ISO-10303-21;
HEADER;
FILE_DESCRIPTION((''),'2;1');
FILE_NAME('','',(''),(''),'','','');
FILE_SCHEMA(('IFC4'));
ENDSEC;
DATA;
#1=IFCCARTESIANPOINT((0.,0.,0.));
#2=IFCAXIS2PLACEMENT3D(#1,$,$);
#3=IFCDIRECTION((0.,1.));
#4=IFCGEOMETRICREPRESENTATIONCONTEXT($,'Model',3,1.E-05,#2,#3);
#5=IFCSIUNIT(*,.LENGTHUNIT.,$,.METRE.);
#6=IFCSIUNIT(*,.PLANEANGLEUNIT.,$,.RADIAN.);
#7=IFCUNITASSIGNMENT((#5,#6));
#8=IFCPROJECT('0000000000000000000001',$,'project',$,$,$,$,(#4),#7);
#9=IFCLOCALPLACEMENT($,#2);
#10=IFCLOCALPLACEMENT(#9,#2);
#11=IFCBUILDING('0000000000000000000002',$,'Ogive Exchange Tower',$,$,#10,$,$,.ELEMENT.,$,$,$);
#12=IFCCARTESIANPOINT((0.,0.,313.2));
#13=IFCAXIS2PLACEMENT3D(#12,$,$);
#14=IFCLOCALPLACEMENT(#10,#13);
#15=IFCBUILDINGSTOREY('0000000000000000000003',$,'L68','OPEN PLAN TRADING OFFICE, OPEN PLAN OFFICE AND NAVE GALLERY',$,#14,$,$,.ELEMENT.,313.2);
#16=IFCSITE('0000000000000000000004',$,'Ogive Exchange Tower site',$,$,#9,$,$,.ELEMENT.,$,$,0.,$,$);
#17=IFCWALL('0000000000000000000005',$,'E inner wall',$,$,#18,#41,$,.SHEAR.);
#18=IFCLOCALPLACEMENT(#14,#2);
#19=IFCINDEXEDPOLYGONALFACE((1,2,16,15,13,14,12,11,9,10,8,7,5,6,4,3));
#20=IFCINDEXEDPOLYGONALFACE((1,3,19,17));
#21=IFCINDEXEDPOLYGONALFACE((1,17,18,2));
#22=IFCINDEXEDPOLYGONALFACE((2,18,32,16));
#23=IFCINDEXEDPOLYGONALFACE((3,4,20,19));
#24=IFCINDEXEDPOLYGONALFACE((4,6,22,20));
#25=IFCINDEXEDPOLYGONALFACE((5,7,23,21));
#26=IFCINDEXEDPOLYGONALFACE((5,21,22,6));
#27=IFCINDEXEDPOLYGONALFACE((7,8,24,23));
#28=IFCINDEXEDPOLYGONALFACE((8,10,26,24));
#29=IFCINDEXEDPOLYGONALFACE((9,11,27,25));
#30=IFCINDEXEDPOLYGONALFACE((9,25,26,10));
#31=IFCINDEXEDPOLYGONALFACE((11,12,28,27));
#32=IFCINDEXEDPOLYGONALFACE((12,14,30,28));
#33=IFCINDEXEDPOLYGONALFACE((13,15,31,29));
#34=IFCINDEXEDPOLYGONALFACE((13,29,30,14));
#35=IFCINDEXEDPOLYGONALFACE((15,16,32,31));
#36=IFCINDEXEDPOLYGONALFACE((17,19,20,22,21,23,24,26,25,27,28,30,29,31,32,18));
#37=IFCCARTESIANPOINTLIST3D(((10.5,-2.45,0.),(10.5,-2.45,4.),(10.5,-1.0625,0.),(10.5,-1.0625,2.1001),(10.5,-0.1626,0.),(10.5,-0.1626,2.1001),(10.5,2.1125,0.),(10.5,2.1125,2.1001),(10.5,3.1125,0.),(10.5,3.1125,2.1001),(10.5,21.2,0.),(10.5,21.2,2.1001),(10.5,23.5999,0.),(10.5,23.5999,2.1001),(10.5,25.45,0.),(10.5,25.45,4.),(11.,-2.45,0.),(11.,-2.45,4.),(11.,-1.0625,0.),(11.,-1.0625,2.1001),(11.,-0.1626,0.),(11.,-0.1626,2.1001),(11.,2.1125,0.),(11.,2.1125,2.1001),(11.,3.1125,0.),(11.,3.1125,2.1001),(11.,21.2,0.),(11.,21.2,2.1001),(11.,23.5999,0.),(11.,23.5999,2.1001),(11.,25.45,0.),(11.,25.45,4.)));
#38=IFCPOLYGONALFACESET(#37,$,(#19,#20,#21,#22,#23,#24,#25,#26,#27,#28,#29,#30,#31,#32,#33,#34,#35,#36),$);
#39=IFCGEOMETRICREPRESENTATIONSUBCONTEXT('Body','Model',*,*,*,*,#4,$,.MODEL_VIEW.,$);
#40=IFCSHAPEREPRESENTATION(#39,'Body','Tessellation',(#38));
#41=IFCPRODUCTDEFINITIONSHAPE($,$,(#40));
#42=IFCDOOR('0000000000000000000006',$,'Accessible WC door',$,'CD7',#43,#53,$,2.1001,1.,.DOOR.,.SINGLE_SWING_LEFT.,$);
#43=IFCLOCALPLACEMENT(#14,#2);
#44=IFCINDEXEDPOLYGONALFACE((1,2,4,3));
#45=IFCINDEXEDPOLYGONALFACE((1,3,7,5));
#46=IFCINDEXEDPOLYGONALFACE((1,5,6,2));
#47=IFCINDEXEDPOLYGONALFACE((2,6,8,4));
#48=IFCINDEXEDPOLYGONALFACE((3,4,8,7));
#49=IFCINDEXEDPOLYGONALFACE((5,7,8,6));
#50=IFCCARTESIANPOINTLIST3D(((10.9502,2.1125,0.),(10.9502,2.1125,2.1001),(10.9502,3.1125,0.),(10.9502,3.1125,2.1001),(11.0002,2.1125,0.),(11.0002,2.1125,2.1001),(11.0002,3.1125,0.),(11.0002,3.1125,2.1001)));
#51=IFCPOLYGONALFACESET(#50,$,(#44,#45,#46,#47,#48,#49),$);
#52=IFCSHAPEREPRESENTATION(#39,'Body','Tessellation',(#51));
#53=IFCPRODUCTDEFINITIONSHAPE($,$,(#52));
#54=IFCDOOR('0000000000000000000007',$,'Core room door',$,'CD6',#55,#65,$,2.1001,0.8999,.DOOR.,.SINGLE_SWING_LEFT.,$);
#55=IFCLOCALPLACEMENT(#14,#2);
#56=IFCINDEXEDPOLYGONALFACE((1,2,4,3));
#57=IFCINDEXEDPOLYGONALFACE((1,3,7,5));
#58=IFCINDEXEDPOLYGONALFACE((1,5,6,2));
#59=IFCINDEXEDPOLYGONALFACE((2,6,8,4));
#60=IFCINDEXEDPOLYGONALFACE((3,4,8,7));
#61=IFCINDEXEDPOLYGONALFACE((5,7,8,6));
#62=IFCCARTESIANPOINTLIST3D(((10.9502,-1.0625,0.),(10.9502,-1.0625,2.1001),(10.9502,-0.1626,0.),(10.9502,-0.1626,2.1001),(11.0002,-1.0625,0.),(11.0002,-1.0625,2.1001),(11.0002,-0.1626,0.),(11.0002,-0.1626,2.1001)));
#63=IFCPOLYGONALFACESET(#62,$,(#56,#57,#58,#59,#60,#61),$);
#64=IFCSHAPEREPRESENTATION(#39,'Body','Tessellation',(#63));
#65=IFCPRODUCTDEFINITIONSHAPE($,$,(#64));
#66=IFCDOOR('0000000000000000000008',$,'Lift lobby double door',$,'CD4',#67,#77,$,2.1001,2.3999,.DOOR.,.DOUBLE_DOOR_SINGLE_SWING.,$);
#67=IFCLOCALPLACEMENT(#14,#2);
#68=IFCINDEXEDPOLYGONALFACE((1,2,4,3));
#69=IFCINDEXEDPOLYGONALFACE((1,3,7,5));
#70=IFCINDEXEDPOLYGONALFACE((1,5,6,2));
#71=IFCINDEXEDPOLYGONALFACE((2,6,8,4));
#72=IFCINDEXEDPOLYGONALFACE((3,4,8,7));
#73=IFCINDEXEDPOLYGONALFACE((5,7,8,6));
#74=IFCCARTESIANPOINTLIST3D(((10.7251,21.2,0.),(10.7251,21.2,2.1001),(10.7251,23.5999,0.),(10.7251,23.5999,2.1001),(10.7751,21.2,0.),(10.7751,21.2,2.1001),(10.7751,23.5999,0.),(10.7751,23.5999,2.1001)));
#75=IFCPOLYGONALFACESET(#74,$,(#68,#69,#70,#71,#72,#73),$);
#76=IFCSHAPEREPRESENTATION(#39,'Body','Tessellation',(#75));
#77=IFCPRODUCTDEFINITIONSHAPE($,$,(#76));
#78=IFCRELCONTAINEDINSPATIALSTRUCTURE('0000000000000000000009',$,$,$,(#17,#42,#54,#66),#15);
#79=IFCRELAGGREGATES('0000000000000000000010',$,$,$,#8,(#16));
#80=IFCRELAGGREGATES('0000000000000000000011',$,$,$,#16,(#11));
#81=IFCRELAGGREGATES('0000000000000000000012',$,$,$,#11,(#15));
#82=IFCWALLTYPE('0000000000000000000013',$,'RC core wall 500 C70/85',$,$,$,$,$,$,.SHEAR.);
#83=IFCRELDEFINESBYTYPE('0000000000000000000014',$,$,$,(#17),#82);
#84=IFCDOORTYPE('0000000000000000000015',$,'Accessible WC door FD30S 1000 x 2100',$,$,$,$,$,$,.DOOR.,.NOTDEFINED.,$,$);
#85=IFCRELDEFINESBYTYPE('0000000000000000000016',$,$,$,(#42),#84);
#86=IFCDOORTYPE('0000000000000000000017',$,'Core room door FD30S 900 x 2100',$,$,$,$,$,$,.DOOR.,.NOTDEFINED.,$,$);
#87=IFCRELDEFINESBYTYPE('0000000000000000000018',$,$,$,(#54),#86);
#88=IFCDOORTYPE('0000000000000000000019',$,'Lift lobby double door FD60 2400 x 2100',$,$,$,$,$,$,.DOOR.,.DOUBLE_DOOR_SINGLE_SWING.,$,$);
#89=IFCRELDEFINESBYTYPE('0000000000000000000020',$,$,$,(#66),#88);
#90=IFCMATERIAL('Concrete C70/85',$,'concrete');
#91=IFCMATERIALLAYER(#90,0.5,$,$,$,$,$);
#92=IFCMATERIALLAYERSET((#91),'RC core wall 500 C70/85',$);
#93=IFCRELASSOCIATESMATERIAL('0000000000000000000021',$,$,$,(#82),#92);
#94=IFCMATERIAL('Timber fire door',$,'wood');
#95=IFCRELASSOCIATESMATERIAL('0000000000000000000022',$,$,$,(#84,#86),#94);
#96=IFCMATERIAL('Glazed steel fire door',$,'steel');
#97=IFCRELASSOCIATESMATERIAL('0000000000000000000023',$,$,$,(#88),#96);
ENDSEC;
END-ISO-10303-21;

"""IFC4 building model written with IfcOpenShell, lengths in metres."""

from ifc_helpers import new_model, si_unit, direction, frame, frame_2d, origin, place, context, subcontext, project, spatial, rectangle, extrude, material, layer, layer_set, type_object, element, fill, save


model = new_model("IFC4")

# Units and contexts
model_context = context("Model", 3, precision=1e-05, world=origin(), true_north=direction((0.0, 1.0)))
body_context = subcontext(model_context, "Body", "Model", "MODEL_VIEW")
ifc_project = project(units=[si_unit("LENGTHUNIT", "METRE"), si_unit("PLANEANGLEUNIT", "RADIAN")], contexts=[model_context])

# Site, building, storey
site_placement = place(None, origin())
site = spatial("IfcSite", under=ifc_project, at=site_placement, Name="Ogive Exchange Tower site", CompositionType="ELEMENT", RefElevation=0.0)
building_placement = place(site_placement, origin())
building = spatial("IfcBuilding", under=site, at=building_placement, Name="Ogive Exchange Tower", CompositionType="ELEMENT")
storey_placement = place(building_placement, frame((0.0, 0.0, 313.2)))
storey = spatial("IfcBuildingStorey", under=building, at=storey_placement, Name="L68", Description="OPEN PLAN TRADING OFFICE, OPEN PLAN OFFICE AND NAVE GALLERY", CompositionType="ELEMENT", Elevation=313.2)

# Shared definitions
ifc_material_1 = material(Name="Concrete C70/85", Category="concrete")

# Wall, openings, doors
ifc_layer_1 = layer(ifc_material_1, 0.5)
ifc_layer_set_1 = layer_set([ifc_layer_1], Name="RC core wall 500 C70/85")
wall_type_1 = type_object("IfcWallType", Name="RC core wall 500 C70/85", PredefinedType="SHEAR", material=ifc_layer_set_1)
wall_1_placement = place(storey_placement, frame((10.75, -2.45, 0.0), z_axis=(0.0, 0.0, 1.0), x_axis=(0.0, 1.0, 0.0)))
wall_1 = element("IfcWall", 1, at=wall_1_placement, inside=storey, type_object=wall_type_1, Name="E inner wall", PredefinedType="SHEAR", context=body_context, shape_type="SweptSolid", body=[
    extrude(rectangle(XDim=27.8999, YDim=0.5, at=frame_2d((13.95, 0.0))), origin(), (0.0, 0.0, 1.0), 4.0),
])
opening_1_placement = place(wall_1_placement, frame((23.6499, 0.0, 0.0)))
opening_1 = element("IfcOpeningElement", 2, at=opening_1_placement, cuts=wall_1, PredefinedType="OPENING", context=body_context, shape_type="SweptSolid", body=[
    extrude(rectangle(XDim=2.3999, YDim=2.1001, at=frame_2d((1.2, 1.05))), frame((0.0, 0.26, 0.0), z_axis=(0.0, -1.0, 0.0), x_axis=(1.0, 0.0, 0.0)), (0.0, 0.0, 1.0), 0.52),
])
opening_2_placement = place(wall_1_placement, frame((1.3875, 0.0, 0.0)))
opening_2 = element("IfcOpeningElement", 3, at=opening_2_placement, cuts=wall_1, PredefinedType="OPENING", context=body_context, shape_type="SweptSolid", body=[
    extrude(rectangle(XDim=0.8999, YDim=2.1001, at=frame_2d((0.45, 1.05))), frame((0.0, 0.26, 0.0), z_axis=(0.0, -1.0, 0.0), x_axis=(1.0, 0.0, 0.0)), (0.0, 0.0, 1.0), 0.52),
])
opening_3_placement = place(wall_1_placement, frame((4.5625, 0.0, 0.0)))
opening_3 = element("IfcOpeningElement", 4, at=opening_3_placement, cuts=wall_1, PredefinedType="OPENING", context=body_context, shape_type="SweptSolid", body=[
    extrude(rectangle(XDim=1.0, YDim=2.1001, at=frame_2d((0.5, 1.05))), frame((0.0, 0.26, 0.0), z_axis=(0.0, -1.0, 0.0), x_axis=(1.0, 0.0, 0.0)), (0.0, 0.0, 1.0), 0.52),
])
ifc_material_2 = material(Name="Timber fire door", Category="wood")
door_type_1 = type_object("IfcDoorType", Name="Accessible WC door FD30S 1000 x 2100", OperationType="NOTDEFINED", PredefinedType="DOOR", material=ifc_material_2)
door_1_placement = place(opening_3_placement, origin())
door_1 = element("IfcDoor", 5, at=door_1_placement, inside=storey, type_object=door_type_1, Name="Accessible WC door", ObjectType="CD7", OperationType="SINGLE_SWING_LEFT", OverallHeight=2.1001, OverallWidth=1.0, PredefinedType="DOOR", context=body_context, shape_type="SweptSolid", body=[
    extrude(rectangle(XDim=1.0, YDim=2.1001, at=frame_2d((0.5, 1.05))), frame((0.0, -0.2002, 0.0), z_axis=(0.0, -1.0, 0.0), x_axis=(1.0, 0.0, 0.0)), (0.0, 0.0, 1.0), 0.05),
])
fill(opening_3, door_1)
door_type_2 = type_object("IfcDoorType", Name="Core room door FD30S 900 x 2100", OperationType="NOTDEFINED", PredefinedType="DOOR", material=ifc_material_2)
door_2_placement = place(opening_2_placement, origin())
door_2 = element("IfcDoor", 6, at=door_2_placement, inside=storey, type_object=door_type_2, Name="Core room door", ObjectType="CD6", OperationType="SINGLE_SWING_LEFT", OverallHeight=2.1001, OverallWidth=0.8999, PredefinedType="DOOR", context=body_context, shape_type="SweptSolid", body=[
    extrude(rectangle(XDim=0.8999, YDim=2.1001, at=frame_2d((0.45, 1.05))), frame((0.0, -0.2002, 0.0), z_axis=(0.0, -1.0, 0.0), x_axis=(1.0, 0.0, 0.0)), (0.0, 0.0, 1.0), 0.05),
])
fill(opening_2, door_2)
ifc_material_3 = material(Name="Glazed steel fire door", Category="steel")
door_type_3 = type_object("IfcDoorType", Name="Lift lobby double door FD60 2400 x 2100", OperationType="DOUBLE_DOOR_SINGLE_SWING", PredefinedType="DOOR", material=ifc_material_3)
door_3_placement = place(opening_1_placement, origin())
door_3 = element("IfcDoor", 7, at=door_3_placement, inside=storey, type_object=door_type_3, Name="Lift lobby double door", ObjectType="CD4", OperationType="DOUBLE_DOOR_SINGLE_SWING", OverallHeight=2.1001, OverallWidth=2.3999, PredefinedType="DOOR", context=body_context, shape_type="SweptSolid", body=[
    extrude(rectangle(XDim=2.3999, YDim=2.1001, at=frame_2d((1.2, 1.05))), frame((0.0, 0.0249, 0.0), z_axis=(0.0, -1.0, 0.0), x_axis=(1.0, 0.0, 0.0)), (0.0, 0.0, 1.0), 0.05),
])
fill(opening_1, door_3)

save(model, "model.ifc")
